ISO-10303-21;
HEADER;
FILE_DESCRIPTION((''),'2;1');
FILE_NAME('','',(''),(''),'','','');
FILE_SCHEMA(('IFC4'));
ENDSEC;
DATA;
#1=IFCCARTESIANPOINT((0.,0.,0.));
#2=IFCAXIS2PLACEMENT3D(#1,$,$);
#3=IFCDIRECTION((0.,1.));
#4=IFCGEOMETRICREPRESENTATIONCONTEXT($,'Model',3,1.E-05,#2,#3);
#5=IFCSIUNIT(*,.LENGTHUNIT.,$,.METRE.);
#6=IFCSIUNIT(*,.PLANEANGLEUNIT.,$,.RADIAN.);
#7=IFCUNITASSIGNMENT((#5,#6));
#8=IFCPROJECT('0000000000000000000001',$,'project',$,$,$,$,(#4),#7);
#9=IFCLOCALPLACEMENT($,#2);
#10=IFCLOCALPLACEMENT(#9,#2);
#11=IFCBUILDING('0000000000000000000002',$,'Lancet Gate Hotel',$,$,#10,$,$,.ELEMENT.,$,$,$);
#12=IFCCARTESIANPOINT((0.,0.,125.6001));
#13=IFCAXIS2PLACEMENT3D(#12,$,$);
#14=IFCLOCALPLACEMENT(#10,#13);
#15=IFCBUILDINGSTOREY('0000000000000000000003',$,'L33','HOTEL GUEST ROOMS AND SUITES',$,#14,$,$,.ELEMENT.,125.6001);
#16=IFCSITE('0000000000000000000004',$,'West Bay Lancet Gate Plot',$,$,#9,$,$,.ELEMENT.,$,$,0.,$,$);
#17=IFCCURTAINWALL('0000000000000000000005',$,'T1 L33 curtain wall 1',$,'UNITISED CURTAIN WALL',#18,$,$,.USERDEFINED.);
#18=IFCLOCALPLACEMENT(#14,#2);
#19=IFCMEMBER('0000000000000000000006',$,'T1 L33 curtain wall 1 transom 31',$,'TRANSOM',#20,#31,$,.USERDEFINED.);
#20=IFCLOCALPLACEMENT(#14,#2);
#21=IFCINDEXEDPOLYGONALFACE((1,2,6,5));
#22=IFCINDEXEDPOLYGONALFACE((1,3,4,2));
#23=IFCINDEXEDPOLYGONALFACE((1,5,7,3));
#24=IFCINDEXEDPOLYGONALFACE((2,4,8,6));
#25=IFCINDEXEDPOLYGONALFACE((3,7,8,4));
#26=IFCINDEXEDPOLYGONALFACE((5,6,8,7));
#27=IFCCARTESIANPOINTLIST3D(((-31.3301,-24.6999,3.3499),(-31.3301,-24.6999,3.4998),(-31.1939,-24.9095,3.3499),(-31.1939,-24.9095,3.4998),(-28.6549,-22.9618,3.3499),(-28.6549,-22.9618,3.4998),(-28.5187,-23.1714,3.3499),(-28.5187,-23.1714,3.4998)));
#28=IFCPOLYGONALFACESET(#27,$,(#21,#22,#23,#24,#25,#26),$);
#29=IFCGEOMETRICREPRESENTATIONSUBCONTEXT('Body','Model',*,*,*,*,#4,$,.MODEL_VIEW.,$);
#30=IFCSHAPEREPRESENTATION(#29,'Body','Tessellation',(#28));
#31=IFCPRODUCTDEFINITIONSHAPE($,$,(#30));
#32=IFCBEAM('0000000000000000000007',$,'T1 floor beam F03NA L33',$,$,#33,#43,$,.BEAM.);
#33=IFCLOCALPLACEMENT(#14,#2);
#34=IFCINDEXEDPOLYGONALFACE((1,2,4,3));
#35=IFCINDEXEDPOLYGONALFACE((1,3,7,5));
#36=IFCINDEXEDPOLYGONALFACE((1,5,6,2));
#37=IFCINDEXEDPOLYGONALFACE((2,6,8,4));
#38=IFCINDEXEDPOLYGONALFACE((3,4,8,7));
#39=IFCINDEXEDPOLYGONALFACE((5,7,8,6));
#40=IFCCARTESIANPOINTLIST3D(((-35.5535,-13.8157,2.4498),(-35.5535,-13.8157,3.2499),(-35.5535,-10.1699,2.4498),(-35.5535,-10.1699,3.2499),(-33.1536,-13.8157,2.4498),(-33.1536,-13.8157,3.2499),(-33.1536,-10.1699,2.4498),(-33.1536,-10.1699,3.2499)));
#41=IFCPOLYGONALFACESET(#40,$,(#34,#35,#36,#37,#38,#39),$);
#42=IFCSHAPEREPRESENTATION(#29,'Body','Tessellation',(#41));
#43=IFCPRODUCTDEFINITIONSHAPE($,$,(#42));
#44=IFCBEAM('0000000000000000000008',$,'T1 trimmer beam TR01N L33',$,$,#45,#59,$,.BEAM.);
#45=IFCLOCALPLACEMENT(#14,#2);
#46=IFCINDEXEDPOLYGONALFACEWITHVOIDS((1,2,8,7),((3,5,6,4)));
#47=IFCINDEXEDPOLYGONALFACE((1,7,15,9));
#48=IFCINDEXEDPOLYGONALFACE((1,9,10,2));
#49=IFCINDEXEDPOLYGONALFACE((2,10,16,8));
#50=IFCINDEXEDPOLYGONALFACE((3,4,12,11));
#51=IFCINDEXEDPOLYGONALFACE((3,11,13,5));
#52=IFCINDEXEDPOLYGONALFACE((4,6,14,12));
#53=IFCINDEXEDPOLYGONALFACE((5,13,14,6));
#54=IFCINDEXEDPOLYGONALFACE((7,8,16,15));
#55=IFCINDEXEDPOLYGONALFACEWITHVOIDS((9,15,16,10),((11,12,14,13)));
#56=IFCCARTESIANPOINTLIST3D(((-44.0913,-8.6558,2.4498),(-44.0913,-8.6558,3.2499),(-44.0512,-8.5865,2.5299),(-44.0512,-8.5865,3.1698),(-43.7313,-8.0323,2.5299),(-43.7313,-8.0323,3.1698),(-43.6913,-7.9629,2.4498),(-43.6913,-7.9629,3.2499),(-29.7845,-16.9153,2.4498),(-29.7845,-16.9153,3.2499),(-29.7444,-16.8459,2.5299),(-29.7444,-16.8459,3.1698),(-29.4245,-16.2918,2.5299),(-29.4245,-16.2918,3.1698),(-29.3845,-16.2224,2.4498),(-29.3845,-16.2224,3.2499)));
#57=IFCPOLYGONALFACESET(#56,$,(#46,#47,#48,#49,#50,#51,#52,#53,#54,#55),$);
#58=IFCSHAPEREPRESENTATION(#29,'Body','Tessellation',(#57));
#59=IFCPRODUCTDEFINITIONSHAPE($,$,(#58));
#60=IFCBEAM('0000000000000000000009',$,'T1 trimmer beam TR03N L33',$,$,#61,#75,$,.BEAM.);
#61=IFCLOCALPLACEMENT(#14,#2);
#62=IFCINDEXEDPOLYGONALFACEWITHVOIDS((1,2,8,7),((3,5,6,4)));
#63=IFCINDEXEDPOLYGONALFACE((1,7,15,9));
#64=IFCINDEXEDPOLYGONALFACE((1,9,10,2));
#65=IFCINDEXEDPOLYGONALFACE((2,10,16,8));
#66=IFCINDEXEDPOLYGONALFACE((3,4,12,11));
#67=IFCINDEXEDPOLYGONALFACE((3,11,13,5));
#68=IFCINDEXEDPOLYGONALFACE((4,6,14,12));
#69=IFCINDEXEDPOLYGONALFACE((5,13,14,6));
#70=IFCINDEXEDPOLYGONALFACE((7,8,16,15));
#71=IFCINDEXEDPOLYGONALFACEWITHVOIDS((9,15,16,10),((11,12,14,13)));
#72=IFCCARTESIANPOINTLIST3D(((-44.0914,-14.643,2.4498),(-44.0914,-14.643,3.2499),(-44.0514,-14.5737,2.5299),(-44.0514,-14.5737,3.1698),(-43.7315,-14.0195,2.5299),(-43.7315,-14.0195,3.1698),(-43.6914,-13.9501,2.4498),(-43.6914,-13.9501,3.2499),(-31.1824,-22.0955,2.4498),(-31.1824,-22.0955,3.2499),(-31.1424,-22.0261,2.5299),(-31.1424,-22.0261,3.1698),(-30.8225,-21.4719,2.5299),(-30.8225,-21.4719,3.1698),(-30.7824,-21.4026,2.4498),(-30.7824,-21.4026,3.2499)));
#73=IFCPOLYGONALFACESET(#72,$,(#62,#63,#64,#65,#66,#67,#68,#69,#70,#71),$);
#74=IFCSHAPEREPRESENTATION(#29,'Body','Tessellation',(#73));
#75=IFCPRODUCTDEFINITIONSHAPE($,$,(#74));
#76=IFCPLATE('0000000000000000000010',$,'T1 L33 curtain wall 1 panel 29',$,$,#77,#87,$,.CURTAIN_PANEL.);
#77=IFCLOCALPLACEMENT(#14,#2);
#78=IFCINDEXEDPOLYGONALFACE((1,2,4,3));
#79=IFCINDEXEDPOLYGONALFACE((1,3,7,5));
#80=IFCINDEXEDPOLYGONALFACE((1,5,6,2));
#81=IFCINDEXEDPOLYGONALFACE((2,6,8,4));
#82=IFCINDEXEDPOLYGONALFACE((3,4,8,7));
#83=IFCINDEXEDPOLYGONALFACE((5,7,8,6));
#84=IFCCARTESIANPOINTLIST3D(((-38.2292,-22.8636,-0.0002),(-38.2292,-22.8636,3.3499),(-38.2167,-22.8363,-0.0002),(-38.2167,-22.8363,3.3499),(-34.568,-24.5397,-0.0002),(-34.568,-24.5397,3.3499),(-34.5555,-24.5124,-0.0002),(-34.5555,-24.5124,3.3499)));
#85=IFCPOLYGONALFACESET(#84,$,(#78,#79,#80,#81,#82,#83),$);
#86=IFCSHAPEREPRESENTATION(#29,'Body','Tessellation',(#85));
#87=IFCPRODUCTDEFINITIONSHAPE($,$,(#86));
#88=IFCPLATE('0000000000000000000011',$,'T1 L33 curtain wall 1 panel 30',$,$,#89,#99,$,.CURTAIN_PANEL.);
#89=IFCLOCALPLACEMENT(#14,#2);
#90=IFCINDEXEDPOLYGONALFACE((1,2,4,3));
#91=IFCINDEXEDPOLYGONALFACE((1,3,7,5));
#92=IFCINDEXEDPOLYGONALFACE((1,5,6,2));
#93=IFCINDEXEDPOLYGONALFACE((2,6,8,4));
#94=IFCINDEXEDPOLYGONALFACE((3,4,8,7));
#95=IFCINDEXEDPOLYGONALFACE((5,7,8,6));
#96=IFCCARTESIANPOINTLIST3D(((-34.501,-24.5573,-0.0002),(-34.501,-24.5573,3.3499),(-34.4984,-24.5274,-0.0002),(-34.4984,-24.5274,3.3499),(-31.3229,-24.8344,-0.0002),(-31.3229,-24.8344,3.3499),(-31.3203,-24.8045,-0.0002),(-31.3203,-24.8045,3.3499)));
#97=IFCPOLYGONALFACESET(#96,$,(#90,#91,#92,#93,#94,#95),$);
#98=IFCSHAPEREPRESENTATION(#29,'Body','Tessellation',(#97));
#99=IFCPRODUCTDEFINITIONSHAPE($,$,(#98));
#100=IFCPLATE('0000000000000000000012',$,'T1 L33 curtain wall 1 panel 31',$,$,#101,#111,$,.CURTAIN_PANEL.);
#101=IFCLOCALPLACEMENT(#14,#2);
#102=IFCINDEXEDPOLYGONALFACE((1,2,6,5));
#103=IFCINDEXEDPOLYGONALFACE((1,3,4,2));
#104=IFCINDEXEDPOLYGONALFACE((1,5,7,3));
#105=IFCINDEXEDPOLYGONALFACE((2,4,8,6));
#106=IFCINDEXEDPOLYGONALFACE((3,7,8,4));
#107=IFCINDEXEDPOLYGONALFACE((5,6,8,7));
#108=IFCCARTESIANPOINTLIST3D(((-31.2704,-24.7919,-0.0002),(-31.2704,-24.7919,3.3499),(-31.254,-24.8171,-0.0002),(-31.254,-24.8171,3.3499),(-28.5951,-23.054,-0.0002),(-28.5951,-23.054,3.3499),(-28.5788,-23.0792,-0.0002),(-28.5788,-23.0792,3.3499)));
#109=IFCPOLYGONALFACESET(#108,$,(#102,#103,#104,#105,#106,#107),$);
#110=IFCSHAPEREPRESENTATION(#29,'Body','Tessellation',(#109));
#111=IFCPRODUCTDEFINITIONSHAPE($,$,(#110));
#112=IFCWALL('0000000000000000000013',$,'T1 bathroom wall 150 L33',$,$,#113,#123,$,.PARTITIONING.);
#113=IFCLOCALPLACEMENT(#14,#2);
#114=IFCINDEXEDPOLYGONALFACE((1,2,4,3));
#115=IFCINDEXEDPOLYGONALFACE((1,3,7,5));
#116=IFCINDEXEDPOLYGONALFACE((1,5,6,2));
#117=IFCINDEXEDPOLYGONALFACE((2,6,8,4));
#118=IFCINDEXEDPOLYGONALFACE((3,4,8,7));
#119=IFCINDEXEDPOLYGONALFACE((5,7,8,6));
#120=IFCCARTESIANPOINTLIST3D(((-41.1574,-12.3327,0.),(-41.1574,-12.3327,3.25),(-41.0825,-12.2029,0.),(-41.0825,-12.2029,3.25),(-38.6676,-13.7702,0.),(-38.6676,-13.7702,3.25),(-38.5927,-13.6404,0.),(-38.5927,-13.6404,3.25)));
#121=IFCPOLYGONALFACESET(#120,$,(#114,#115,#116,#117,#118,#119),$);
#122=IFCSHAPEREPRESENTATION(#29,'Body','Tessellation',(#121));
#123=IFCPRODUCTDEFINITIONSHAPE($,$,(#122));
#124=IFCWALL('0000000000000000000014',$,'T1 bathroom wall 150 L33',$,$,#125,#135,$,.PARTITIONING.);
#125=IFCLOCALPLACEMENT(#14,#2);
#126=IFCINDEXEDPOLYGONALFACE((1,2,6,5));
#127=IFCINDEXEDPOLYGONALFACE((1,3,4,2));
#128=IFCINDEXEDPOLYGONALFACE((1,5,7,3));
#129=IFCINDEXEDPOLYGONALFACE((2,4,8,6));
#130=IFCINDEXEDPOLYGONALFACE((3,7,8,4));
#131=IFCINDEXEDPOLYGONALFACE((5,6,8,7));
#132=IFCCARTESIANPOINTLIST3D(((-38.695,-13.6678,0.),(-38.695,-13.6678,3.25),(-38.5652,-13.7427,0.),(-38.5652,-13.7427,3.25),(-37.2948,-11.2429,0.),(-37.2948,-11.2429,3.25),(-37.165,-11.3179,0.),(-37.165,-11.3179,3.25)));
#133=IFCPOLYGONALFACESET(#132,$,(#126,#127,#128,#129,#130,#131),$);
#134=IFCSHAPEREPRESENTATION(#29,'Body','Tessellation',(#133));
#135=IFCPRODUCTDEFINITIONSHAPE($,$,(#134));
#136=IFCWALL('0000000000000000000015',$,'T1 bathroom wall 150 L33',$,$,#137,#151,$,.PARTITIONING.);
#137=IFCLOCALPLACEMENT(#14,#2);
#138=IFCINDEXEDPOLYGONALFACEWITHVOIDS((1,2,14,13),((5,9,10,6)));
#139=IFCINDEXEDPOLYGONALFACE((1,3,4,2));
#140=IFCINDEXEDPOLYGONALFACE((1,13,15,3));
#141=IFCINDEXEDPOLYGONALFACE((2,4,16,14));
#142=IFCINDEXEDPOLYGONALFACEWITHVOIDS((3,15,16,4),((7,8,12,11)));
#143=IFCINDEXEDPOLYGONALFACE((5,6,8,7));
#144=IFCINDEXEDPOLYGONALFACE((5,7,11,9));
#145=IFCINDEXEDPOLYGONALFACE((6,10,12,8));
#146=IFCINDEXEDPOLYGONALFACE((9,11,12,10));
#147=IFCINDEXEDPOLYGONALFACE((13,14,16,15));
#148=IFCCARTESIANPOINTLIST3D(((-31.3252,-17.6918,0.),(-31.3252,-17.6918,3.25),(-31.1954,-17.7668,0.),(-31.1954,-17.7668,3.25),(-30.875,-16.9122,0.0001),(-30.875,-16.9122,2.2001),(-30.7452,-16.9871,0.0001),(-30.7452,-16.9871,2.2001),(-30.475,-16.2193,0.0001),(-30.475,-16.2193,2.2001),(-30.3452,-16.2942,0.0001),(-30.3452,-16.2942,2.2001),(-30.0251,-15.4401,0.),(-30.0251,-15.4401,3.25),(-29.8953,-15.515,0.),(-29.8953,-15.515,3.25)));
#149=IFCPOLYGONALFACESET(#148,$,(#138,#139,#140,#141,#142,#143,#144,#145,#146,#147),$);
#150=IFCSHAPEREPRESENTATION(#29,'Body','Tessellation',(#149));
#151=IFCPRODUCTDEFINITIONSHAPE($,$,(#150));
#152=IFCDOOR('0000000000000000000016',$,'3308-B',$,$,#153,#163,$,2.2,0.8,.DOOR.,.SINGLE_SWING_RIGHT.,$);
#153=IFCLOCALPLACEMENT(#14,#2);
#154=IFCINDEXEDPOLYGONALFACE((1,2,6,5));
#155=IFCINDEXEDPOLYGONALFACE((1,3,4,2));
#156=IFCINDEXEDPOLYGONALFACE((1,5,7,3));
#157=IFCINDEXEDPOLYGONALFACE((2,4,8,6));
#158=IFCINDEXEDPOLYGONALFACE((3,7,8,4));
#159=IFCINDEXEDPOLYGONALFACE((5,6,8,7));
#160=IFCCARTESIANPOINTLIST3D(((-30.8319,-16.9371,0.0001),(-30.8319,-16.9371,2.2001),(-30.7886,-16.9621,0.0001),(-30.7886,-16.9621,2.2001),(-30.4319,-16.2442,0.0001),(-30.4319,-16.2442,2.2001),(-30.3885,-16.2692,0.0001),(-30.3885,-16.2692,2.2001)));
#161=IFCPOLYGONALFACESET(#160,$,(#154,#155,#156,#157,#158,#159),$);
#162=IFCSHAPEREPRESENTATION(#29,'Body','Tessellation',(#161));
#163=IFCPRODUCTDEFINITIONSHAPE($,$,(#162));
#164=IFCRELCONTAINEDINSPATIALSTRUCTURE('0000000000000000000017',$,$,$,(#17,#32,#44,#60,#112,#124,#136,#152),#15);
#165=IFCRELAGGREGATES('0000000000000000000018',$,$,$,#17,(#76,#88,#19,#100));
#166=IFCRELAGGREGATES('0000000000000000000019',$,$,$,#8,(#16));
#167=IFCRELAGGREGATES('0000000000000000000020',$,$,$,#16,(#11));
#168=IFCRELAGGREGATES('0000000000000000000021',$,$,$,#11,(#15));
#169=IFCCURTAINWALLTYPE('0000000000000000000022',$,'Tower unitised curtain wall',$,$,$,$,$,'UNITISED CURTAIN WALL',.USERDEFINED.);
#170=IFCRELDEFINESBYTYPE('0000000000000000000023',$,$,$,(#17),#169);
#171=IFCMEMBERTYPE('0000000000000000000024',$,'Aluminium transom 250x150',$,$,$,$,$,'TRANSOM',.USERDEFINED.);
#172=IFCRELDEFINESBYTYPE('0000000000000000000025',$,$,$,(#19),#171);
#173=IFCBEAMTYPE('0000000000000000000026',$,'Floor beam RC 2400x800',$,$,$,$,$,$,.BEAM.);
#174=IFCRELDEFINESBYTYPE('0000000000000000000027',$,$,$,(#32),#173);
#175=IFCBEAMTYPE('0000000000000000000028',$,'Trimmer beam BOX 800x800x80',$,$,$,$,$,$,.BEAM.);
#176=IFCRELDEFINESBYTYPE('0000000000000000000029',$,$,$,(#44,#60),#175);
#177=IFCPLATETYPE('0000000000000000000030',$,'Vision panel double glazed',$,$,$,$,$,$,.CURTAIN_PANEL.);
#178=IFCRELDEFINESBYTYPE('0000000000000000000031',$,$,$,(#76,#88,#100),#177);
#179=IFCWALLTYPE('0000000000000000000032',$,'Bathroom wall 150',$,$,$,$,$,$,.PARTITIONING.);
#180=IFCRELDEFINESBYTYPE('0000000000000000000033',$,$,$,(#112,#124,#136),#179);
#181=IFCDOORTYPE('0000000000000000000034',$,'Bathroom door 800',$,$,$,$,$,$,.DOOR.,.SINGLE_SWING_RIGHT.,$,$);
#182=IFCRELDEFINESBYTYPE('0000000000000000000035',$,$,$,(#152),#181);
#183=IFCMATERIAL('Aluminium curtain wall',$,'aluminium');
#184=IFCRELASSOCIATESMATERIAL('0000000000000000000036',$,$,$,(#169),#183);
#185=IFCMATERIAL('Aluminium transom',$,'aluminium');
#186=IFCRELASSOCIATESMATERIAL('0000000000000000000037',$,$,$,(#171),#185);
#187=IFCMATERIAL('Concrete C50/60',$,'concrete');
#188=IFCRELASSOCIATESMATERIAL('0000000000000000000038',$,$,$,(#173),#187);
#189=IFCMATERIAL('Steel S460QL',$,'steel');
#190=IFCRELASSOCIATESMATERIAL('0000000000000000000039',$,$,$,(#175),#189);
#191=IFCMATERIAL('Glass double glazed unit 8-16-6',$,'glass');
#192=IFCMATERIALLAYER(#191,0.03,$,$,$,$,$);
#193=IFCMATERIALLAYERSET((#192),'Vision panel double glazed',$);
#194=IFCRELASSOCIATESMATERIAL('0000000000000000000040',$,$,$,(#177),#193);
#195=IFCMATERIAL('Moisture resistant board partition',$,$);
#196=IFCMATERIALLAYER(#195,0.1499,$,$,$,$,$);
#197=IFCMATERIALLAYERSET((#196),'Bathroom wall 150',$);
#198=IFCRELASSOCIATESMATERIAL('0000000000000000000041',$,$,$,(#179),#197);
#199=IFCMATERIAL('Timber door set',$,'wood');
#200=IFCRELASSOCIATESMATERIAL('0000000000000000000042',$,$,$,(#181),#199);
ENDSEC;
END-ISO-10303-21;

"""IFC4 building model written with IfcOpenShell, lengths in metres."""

from ifc_helpers import new_model, si_unit, direction, frame, frame_2d, origin, origin_2d, place, context, subcontext, project, spatial, rectangle, hollow_rectangle, extrude, material, layer, layer_set, material_profile, profile_set, type_object, element, fill, aggregate, save


model = new_model("IFC4")

# Units and contexts
model_context = context("Model", 3, precision=1e-05, world=origin(), true_north=direction((0.0, 1.0)))
body_context = subcontext(model_context, "Body", "Model", "MODEL_VIEW")
ifc_project = project(units=[si_unit("LENGTHUNIT", "METRE"), si_unit("PLANEANGLEUNIT", "RADIAN")], contexts=[model_context])

# Site, building, storey
site_placement = place(None, origin())
site = spatial("IfcSite", under=ifc_project, at=site_placement, Name="West Bay Lancet Gate Plot", CompositionType="ELEMENT", RefElevation=0.0)
building_placement = place(site_placement, origin())
building = spatial("IfcBuilding", under=site, at=building_placement, Name="Lancet Gate Hotel", CompositionType="ELEMENT")
storey_placement = place(building_placement, frame((0.0, 0.0, 125.6001)))
storey = spatial("IfcBuildingStorey", under=building, at=storey_placement, Name="L33", Description="HOTEL GUEST ROOMS AND SUITES", CompositionType="ELEMENT", Elevation=125.6001)

# Curtain wall, member
ifc_material_1 = material(Name="Aluminium curtain wall", Category="aluminium")
curtain_wall_type = type_object("IfcCurtainWallType", Name="Tower unitised curtain wall", ElementType="UNITISED CURTAIN WALL", PredefinedType="USERDEFINED", material=ifc_material_1)
curtain_wall_placement = place(storey_placement, origin())
curtain_wall = element("IfcCurtainWall", 1, at=curtain_wall_placement, inside=storey, type_object=curtain_wall_type, Name="T1 L33 curtain wall 1", ObjectType="UNITISED CURTAIN WALL", PredefinedType="USERDEFINED")
ifc_material_2 = material(Name="Aluminium transom", Category="aluminium")
ifc_material_profile_1 = material_profile(ifc_material_2, rectangle(XDim=0.25, YDim=0.1499, at=origin_2d()), Name="TRANSOM 250x150")
ifc_profile_set_1 = profile_set([ifc_material_profile_1], Name="Aluminium transom")
member_type_1 = type_object("IfcMemberType", Name="Aluminium transom 250x150", ElementType="TRANSOM", PredefinedType="USERDEFINED", material=ifc_profile_set_1)
member_1_placement = place(storey_placement, frame((-31.262, -24.8047, 3.4248), z_axis=(0.83855, 0.544824, 0.0), x_axis=(-0.544824, 0.83855, 0.0)))
member_1 = element("IfcMember", 2, at=member_1_placement, type_object=member_type_1, Name="T1 L33 curtain wall 1 transom 31", ObjectType="TRANSOM", PredefinedType="USERDEFINED", context=body_context, shape_type="SweptSolid", body=[
    extrude(rectangle(XDim=0.25, YDim=0.1499, at=origin_2d()), origin(), (0.0, 0.0, 1.0), 3.1902),
])

# Beams
ifc_material_3 = material(Name="Concrete C50/60", Category="concrete")
ifc_material_profile_2 = material_profile(ifc_material_3, rectangle(XDim=2.3999, YDim=0.8, at=origin_2d()), Name="RC 2400x800")
ifc_profile_set_2 = profile_set([ifc_material_profile_2], Name="Concrete C50/60")
beam_type_1 = type_object("IfcBeamType", Name="Floor beam RC 2400x800", PredefinedType="BEAM", material=ifc_profile_set_2)
beam_1_placement = place(storey_placement, frame((-34.3535, -10.1699, 2.8499), z_axis=(0.0, -1.0, 0.0), x_axis=(1.0, 0.0, 0.0)))
element("IfcBeam", 3, at=beam_1_placement, inside=storey, type_object=beam_type_1, Name="T1 floor beam F03NA L33", PredefinedType="BEAM", context=body_context, shape_type="SweptSolid", body=[
    extrude(rectangle(XDim=2.3999, YDim=0.8, at=origin_2d()), origin(), (0.0, 0.0, 1.0), 3.6458),
])
ifc_material_4 = material(Name="Steel S460QL", Category="steel")
ifc_material_profile_3 = material_profile(ifc_material_4, hollow_rectangle(XDim=0.8, YDim=0.8, WallThickness=0.0801, at=origin_2d()), Name="BOX 800x800x80")
ifc_profile_set_3 = profile_set([ifc_material_profile_3], Name="Steel S460QL")
beam_type_2 = type_object("IfcBeamType", Name="Trimmer beam BOX 800x800x80", PredefinedType="BEAM", material=ifc_profile_set_3)
beam_2_placement = place(storey_placement, frame((-29.5845, -16.5688, 2.8499), z_axis=(-0.86604, 0.499974, 0.0), x_axis=(-0.499974, -0.86604, 0.0)))
element("IfcBeam", 4, at=beam_2_placement, inside=storey, type_object=beam_type_2, Name="T1 trimmer beam TR01N L33", PredefinedType="BEAM", context=body_context, shape_type="SweptSolid", body=[
    extrude(hollow_rectangle(XDim=0.8, YDim=0.8, WallThickness=0.0801, at=origin_2d()), origin(), (0.0, 0.0, 1.0), 16.5198),
])
beam_3_placement = place(storey_placement, frame((-30.9824, -21.749, 2.8499), z_axis=(-0.866042, 0.499971, 0.0), x_axis=(-0.499971, -0.866042, 0.0)))
element("IfcBeam", 5, at=beam_3_placement, inside=storey, type_object=beam_type_2, Name="T1 trimmer beam TR03N L33", PredefinedType="BEAM", context=body_context, shape_type="SweptSolid", body=[
    extrude(hollow_rectangle(XDim=0.8, YDim=0.8, WallThickness=0.0801, at=origin_2d()), origin(), (0.0, 0.0, 1.0), 14.9058),
])

# Plates
ifc_material_5 = material(Name="Glass double glazed unit 8-16-6", Category="glass")
ifc_layer_1 = layer(ifc_material_5, 0.03)
ifc_layer_set_1 = layer_set([ifc_layer_1], Name="Vision panel double glazed")
plate_type = type_object("IfcPlateType", Name="Vision panel double glazed", PredefinedType="CURTAIN_PANEL", material=ifc_layer_set_1)
plate_1_placement = place(storey_placement, frame((-36.3923, -23.688, -0.0002), z_axis=(0.0, 0.0, 1.0), x_axis=(0.909253, -0.416245, 0.0)))
plate_1 = element("IfcPlate", 6, at=plate_1_placement, type_object=plate_type, Name="T1 L33 curtain wall 1 panel 29", PredefinedType="CURTAIN_PANEL", context=body_context, shape_type="SweptSolid", body=[
    extrude(rectangle(XDim=4.0266, YDim=0.03, at=origin_2d()), origin(), (0.0, 0.0, 1.0), 3.3501),
])
plate_2_placement = place(storey_placement, frame((-32.9106, -24.6809, -0.0002), z_axis=(0.0, 0.0, 1.0), x_axis=(0.996219, -0.08688, 0.0)))
plate_2 = element("IfcPlate", 7, at=plate_2_placement, type_object=plate_type, Name="T1 L33 curtain wall 1 panel 30", PredefinedType="CURTAIN_PANEL", context=body_context, shape_type="SweptSolid", body=[
    extrude(rectangle(XDim=3.1902, YDim=0.03, at=origin_2d()), origin(), (0.0, 0.0, 1.0), 3.3501),
])
plate_3_placement = place(storey_placement, frame((-29.9246, -23.9355, -0.0002), z_axis=(0.0, 0.0, 1.0), x_axis=(0.83858, 0.544778, 0.0)))
plate_3 = element("IfcPlate", 8, at=plate_3_placement, type_object=plate_type, Name="T1 L33 curtain wall 1 panel 31", PredefinedType="CURTAIN_PANEL", context=body_context, shape_type="SweptSolid", body=[
    extrude(rectangle(XDim=3.1902, YDim=0.03, at=origin_2d()), origin(), (0.0, 0.0, 1.0), 3.3501),
])
aggregate(curtain_wall, [plate_1, plate_2, member_1, plate_3])

# Walls
ifc_material_6 = material(Name="Moisture resistant board partition")
ifc_layer_2 = layer(ifc_material_6, 0.1499)
ifc_layer_set_2 = layer_set([ifc_layer_2], Name="Bathroom wall 150")
wall_type_1 = type_object("IfcWallType", Name="Bathroom wall 150", PredefinedType="PARTITIONING", material=ifc_layer_set_2)
wall_1_placement = place(storey_placement, frame((-38.6301, -13.7053, 0.0), z_axis=(0.0, 0.0, 1.0), x_axis=(-0.866019, 0.500012, 0.0)))
element("IfcWall", 9, at=wall_1_placement, inside=storey, type_object=wall_type_1, Name="T1 bathroom wall 150 L33", PredefinedType="PARTITIONING", context=body_context, shape_type="SweptSolid", body=[
    extrude(rectangle(XDim=2.875, YDim=0.1499, at=frame_2d((1.4375, 0.0))), origin(), (0.0, 0.0, 1.0), 3.25),
])
wall_2_placement = place(storey_placement, frame((-37.23, -11.2805, 0.0), z_axis=(0.0, 0.0, 1.0), x_axis=(-0.50005, -0.865997, 0.0)))
element("IfcWall", 10, at=wall_2_placement, inside=storey, type_object=wall_type_1, Name="T1 bathroom wall 150 L33", PredefinedType="PARTITIONING", context=body_context, shape_type="SweptSolid", body=[
    extrude(rectangle(XDim=2.8, YDim=0.1499, at=frame_2d((1.3999, 0.0))), origin(), (0.0, 0.0, 1.0), 3.25),
])

# Wall, opening, door
wall_3_placement = place(storey_placement, frame((-29.9602, -15.4775, 0.0), z_axis=(0.0, 0.0, 1.0), x_axis=(-0.500007, -0.866021, 0.0)))
wall_3 = element("IfcWall", 11, at=wall_3_placement, inside=storey, type_object=wall_type_1, Name="T1 bathroom wall 150 L33", PredefinedType="PARTITIONING", context=body_context, shape_type="SweptSolid", body=[
    extrude(rectangle(XDim=2.6001, YDim=0.1499, at=frame_2d((1.3, 0.0))), origin(), (0.0, 0.0, 1.0), 3.25),
])
opening_1_placement = place(wall_3_placement, frame((0.8999, 0.0, 0.0)))
opening_1 = element("IfcOpeningElement", 12, at=opening_1_placement, cuts=wall_3, PredefinedType="OPENING", context=body_context, shape_type="SweptSolid", body=[
    extrude(rectangle(XDim=0.8, YDim=2.2, at=frame_2d((0.3999, 1.1001))), frame((0.0, 0.085, 0.0), z_axis=(0.0, -1.0, 0.0), x_axis=(1.0, 0.0, 0.0)), (0.0, 0.0, 1.0), 0.1699),
])
ifc_material_7 = material(Name="Timber door set", Category="wood")
door_type_1 = type_object("IfcDoorType", Name="Bathroom door 800", OperationType="SINGLE_SWING_RIGHT", PredefinedType="DOOR", material=ifc_material_7)
door_1_placement = place(opening_1_placement, origin())
door_1 = element("IfcDoor", 13, at=door_1_placement, inside=storey, type_object=door_type_1, Name="3308-B", OperationType="SINGLE_SWING_RIGHT", OverallHeight=2.2, OverallWidth=0.8, PredefinedType="DOOR", context=body_context, shape_type="SweptSolid", body=[
    extrude(rectangle(XDim=0.8, YDim=2.2, at=frame_2d((0.3999, 1.1001))), frame((0.0, 0.0249, 0.0), z_axis=(0.0, -1.0, 0.0), x_axis=(1.0, 0.0, 0.0)), (0.0, 0.0, 1.0), 0.05),
])
fill(opening_1, door_1)

save(model, "model.ifc")
